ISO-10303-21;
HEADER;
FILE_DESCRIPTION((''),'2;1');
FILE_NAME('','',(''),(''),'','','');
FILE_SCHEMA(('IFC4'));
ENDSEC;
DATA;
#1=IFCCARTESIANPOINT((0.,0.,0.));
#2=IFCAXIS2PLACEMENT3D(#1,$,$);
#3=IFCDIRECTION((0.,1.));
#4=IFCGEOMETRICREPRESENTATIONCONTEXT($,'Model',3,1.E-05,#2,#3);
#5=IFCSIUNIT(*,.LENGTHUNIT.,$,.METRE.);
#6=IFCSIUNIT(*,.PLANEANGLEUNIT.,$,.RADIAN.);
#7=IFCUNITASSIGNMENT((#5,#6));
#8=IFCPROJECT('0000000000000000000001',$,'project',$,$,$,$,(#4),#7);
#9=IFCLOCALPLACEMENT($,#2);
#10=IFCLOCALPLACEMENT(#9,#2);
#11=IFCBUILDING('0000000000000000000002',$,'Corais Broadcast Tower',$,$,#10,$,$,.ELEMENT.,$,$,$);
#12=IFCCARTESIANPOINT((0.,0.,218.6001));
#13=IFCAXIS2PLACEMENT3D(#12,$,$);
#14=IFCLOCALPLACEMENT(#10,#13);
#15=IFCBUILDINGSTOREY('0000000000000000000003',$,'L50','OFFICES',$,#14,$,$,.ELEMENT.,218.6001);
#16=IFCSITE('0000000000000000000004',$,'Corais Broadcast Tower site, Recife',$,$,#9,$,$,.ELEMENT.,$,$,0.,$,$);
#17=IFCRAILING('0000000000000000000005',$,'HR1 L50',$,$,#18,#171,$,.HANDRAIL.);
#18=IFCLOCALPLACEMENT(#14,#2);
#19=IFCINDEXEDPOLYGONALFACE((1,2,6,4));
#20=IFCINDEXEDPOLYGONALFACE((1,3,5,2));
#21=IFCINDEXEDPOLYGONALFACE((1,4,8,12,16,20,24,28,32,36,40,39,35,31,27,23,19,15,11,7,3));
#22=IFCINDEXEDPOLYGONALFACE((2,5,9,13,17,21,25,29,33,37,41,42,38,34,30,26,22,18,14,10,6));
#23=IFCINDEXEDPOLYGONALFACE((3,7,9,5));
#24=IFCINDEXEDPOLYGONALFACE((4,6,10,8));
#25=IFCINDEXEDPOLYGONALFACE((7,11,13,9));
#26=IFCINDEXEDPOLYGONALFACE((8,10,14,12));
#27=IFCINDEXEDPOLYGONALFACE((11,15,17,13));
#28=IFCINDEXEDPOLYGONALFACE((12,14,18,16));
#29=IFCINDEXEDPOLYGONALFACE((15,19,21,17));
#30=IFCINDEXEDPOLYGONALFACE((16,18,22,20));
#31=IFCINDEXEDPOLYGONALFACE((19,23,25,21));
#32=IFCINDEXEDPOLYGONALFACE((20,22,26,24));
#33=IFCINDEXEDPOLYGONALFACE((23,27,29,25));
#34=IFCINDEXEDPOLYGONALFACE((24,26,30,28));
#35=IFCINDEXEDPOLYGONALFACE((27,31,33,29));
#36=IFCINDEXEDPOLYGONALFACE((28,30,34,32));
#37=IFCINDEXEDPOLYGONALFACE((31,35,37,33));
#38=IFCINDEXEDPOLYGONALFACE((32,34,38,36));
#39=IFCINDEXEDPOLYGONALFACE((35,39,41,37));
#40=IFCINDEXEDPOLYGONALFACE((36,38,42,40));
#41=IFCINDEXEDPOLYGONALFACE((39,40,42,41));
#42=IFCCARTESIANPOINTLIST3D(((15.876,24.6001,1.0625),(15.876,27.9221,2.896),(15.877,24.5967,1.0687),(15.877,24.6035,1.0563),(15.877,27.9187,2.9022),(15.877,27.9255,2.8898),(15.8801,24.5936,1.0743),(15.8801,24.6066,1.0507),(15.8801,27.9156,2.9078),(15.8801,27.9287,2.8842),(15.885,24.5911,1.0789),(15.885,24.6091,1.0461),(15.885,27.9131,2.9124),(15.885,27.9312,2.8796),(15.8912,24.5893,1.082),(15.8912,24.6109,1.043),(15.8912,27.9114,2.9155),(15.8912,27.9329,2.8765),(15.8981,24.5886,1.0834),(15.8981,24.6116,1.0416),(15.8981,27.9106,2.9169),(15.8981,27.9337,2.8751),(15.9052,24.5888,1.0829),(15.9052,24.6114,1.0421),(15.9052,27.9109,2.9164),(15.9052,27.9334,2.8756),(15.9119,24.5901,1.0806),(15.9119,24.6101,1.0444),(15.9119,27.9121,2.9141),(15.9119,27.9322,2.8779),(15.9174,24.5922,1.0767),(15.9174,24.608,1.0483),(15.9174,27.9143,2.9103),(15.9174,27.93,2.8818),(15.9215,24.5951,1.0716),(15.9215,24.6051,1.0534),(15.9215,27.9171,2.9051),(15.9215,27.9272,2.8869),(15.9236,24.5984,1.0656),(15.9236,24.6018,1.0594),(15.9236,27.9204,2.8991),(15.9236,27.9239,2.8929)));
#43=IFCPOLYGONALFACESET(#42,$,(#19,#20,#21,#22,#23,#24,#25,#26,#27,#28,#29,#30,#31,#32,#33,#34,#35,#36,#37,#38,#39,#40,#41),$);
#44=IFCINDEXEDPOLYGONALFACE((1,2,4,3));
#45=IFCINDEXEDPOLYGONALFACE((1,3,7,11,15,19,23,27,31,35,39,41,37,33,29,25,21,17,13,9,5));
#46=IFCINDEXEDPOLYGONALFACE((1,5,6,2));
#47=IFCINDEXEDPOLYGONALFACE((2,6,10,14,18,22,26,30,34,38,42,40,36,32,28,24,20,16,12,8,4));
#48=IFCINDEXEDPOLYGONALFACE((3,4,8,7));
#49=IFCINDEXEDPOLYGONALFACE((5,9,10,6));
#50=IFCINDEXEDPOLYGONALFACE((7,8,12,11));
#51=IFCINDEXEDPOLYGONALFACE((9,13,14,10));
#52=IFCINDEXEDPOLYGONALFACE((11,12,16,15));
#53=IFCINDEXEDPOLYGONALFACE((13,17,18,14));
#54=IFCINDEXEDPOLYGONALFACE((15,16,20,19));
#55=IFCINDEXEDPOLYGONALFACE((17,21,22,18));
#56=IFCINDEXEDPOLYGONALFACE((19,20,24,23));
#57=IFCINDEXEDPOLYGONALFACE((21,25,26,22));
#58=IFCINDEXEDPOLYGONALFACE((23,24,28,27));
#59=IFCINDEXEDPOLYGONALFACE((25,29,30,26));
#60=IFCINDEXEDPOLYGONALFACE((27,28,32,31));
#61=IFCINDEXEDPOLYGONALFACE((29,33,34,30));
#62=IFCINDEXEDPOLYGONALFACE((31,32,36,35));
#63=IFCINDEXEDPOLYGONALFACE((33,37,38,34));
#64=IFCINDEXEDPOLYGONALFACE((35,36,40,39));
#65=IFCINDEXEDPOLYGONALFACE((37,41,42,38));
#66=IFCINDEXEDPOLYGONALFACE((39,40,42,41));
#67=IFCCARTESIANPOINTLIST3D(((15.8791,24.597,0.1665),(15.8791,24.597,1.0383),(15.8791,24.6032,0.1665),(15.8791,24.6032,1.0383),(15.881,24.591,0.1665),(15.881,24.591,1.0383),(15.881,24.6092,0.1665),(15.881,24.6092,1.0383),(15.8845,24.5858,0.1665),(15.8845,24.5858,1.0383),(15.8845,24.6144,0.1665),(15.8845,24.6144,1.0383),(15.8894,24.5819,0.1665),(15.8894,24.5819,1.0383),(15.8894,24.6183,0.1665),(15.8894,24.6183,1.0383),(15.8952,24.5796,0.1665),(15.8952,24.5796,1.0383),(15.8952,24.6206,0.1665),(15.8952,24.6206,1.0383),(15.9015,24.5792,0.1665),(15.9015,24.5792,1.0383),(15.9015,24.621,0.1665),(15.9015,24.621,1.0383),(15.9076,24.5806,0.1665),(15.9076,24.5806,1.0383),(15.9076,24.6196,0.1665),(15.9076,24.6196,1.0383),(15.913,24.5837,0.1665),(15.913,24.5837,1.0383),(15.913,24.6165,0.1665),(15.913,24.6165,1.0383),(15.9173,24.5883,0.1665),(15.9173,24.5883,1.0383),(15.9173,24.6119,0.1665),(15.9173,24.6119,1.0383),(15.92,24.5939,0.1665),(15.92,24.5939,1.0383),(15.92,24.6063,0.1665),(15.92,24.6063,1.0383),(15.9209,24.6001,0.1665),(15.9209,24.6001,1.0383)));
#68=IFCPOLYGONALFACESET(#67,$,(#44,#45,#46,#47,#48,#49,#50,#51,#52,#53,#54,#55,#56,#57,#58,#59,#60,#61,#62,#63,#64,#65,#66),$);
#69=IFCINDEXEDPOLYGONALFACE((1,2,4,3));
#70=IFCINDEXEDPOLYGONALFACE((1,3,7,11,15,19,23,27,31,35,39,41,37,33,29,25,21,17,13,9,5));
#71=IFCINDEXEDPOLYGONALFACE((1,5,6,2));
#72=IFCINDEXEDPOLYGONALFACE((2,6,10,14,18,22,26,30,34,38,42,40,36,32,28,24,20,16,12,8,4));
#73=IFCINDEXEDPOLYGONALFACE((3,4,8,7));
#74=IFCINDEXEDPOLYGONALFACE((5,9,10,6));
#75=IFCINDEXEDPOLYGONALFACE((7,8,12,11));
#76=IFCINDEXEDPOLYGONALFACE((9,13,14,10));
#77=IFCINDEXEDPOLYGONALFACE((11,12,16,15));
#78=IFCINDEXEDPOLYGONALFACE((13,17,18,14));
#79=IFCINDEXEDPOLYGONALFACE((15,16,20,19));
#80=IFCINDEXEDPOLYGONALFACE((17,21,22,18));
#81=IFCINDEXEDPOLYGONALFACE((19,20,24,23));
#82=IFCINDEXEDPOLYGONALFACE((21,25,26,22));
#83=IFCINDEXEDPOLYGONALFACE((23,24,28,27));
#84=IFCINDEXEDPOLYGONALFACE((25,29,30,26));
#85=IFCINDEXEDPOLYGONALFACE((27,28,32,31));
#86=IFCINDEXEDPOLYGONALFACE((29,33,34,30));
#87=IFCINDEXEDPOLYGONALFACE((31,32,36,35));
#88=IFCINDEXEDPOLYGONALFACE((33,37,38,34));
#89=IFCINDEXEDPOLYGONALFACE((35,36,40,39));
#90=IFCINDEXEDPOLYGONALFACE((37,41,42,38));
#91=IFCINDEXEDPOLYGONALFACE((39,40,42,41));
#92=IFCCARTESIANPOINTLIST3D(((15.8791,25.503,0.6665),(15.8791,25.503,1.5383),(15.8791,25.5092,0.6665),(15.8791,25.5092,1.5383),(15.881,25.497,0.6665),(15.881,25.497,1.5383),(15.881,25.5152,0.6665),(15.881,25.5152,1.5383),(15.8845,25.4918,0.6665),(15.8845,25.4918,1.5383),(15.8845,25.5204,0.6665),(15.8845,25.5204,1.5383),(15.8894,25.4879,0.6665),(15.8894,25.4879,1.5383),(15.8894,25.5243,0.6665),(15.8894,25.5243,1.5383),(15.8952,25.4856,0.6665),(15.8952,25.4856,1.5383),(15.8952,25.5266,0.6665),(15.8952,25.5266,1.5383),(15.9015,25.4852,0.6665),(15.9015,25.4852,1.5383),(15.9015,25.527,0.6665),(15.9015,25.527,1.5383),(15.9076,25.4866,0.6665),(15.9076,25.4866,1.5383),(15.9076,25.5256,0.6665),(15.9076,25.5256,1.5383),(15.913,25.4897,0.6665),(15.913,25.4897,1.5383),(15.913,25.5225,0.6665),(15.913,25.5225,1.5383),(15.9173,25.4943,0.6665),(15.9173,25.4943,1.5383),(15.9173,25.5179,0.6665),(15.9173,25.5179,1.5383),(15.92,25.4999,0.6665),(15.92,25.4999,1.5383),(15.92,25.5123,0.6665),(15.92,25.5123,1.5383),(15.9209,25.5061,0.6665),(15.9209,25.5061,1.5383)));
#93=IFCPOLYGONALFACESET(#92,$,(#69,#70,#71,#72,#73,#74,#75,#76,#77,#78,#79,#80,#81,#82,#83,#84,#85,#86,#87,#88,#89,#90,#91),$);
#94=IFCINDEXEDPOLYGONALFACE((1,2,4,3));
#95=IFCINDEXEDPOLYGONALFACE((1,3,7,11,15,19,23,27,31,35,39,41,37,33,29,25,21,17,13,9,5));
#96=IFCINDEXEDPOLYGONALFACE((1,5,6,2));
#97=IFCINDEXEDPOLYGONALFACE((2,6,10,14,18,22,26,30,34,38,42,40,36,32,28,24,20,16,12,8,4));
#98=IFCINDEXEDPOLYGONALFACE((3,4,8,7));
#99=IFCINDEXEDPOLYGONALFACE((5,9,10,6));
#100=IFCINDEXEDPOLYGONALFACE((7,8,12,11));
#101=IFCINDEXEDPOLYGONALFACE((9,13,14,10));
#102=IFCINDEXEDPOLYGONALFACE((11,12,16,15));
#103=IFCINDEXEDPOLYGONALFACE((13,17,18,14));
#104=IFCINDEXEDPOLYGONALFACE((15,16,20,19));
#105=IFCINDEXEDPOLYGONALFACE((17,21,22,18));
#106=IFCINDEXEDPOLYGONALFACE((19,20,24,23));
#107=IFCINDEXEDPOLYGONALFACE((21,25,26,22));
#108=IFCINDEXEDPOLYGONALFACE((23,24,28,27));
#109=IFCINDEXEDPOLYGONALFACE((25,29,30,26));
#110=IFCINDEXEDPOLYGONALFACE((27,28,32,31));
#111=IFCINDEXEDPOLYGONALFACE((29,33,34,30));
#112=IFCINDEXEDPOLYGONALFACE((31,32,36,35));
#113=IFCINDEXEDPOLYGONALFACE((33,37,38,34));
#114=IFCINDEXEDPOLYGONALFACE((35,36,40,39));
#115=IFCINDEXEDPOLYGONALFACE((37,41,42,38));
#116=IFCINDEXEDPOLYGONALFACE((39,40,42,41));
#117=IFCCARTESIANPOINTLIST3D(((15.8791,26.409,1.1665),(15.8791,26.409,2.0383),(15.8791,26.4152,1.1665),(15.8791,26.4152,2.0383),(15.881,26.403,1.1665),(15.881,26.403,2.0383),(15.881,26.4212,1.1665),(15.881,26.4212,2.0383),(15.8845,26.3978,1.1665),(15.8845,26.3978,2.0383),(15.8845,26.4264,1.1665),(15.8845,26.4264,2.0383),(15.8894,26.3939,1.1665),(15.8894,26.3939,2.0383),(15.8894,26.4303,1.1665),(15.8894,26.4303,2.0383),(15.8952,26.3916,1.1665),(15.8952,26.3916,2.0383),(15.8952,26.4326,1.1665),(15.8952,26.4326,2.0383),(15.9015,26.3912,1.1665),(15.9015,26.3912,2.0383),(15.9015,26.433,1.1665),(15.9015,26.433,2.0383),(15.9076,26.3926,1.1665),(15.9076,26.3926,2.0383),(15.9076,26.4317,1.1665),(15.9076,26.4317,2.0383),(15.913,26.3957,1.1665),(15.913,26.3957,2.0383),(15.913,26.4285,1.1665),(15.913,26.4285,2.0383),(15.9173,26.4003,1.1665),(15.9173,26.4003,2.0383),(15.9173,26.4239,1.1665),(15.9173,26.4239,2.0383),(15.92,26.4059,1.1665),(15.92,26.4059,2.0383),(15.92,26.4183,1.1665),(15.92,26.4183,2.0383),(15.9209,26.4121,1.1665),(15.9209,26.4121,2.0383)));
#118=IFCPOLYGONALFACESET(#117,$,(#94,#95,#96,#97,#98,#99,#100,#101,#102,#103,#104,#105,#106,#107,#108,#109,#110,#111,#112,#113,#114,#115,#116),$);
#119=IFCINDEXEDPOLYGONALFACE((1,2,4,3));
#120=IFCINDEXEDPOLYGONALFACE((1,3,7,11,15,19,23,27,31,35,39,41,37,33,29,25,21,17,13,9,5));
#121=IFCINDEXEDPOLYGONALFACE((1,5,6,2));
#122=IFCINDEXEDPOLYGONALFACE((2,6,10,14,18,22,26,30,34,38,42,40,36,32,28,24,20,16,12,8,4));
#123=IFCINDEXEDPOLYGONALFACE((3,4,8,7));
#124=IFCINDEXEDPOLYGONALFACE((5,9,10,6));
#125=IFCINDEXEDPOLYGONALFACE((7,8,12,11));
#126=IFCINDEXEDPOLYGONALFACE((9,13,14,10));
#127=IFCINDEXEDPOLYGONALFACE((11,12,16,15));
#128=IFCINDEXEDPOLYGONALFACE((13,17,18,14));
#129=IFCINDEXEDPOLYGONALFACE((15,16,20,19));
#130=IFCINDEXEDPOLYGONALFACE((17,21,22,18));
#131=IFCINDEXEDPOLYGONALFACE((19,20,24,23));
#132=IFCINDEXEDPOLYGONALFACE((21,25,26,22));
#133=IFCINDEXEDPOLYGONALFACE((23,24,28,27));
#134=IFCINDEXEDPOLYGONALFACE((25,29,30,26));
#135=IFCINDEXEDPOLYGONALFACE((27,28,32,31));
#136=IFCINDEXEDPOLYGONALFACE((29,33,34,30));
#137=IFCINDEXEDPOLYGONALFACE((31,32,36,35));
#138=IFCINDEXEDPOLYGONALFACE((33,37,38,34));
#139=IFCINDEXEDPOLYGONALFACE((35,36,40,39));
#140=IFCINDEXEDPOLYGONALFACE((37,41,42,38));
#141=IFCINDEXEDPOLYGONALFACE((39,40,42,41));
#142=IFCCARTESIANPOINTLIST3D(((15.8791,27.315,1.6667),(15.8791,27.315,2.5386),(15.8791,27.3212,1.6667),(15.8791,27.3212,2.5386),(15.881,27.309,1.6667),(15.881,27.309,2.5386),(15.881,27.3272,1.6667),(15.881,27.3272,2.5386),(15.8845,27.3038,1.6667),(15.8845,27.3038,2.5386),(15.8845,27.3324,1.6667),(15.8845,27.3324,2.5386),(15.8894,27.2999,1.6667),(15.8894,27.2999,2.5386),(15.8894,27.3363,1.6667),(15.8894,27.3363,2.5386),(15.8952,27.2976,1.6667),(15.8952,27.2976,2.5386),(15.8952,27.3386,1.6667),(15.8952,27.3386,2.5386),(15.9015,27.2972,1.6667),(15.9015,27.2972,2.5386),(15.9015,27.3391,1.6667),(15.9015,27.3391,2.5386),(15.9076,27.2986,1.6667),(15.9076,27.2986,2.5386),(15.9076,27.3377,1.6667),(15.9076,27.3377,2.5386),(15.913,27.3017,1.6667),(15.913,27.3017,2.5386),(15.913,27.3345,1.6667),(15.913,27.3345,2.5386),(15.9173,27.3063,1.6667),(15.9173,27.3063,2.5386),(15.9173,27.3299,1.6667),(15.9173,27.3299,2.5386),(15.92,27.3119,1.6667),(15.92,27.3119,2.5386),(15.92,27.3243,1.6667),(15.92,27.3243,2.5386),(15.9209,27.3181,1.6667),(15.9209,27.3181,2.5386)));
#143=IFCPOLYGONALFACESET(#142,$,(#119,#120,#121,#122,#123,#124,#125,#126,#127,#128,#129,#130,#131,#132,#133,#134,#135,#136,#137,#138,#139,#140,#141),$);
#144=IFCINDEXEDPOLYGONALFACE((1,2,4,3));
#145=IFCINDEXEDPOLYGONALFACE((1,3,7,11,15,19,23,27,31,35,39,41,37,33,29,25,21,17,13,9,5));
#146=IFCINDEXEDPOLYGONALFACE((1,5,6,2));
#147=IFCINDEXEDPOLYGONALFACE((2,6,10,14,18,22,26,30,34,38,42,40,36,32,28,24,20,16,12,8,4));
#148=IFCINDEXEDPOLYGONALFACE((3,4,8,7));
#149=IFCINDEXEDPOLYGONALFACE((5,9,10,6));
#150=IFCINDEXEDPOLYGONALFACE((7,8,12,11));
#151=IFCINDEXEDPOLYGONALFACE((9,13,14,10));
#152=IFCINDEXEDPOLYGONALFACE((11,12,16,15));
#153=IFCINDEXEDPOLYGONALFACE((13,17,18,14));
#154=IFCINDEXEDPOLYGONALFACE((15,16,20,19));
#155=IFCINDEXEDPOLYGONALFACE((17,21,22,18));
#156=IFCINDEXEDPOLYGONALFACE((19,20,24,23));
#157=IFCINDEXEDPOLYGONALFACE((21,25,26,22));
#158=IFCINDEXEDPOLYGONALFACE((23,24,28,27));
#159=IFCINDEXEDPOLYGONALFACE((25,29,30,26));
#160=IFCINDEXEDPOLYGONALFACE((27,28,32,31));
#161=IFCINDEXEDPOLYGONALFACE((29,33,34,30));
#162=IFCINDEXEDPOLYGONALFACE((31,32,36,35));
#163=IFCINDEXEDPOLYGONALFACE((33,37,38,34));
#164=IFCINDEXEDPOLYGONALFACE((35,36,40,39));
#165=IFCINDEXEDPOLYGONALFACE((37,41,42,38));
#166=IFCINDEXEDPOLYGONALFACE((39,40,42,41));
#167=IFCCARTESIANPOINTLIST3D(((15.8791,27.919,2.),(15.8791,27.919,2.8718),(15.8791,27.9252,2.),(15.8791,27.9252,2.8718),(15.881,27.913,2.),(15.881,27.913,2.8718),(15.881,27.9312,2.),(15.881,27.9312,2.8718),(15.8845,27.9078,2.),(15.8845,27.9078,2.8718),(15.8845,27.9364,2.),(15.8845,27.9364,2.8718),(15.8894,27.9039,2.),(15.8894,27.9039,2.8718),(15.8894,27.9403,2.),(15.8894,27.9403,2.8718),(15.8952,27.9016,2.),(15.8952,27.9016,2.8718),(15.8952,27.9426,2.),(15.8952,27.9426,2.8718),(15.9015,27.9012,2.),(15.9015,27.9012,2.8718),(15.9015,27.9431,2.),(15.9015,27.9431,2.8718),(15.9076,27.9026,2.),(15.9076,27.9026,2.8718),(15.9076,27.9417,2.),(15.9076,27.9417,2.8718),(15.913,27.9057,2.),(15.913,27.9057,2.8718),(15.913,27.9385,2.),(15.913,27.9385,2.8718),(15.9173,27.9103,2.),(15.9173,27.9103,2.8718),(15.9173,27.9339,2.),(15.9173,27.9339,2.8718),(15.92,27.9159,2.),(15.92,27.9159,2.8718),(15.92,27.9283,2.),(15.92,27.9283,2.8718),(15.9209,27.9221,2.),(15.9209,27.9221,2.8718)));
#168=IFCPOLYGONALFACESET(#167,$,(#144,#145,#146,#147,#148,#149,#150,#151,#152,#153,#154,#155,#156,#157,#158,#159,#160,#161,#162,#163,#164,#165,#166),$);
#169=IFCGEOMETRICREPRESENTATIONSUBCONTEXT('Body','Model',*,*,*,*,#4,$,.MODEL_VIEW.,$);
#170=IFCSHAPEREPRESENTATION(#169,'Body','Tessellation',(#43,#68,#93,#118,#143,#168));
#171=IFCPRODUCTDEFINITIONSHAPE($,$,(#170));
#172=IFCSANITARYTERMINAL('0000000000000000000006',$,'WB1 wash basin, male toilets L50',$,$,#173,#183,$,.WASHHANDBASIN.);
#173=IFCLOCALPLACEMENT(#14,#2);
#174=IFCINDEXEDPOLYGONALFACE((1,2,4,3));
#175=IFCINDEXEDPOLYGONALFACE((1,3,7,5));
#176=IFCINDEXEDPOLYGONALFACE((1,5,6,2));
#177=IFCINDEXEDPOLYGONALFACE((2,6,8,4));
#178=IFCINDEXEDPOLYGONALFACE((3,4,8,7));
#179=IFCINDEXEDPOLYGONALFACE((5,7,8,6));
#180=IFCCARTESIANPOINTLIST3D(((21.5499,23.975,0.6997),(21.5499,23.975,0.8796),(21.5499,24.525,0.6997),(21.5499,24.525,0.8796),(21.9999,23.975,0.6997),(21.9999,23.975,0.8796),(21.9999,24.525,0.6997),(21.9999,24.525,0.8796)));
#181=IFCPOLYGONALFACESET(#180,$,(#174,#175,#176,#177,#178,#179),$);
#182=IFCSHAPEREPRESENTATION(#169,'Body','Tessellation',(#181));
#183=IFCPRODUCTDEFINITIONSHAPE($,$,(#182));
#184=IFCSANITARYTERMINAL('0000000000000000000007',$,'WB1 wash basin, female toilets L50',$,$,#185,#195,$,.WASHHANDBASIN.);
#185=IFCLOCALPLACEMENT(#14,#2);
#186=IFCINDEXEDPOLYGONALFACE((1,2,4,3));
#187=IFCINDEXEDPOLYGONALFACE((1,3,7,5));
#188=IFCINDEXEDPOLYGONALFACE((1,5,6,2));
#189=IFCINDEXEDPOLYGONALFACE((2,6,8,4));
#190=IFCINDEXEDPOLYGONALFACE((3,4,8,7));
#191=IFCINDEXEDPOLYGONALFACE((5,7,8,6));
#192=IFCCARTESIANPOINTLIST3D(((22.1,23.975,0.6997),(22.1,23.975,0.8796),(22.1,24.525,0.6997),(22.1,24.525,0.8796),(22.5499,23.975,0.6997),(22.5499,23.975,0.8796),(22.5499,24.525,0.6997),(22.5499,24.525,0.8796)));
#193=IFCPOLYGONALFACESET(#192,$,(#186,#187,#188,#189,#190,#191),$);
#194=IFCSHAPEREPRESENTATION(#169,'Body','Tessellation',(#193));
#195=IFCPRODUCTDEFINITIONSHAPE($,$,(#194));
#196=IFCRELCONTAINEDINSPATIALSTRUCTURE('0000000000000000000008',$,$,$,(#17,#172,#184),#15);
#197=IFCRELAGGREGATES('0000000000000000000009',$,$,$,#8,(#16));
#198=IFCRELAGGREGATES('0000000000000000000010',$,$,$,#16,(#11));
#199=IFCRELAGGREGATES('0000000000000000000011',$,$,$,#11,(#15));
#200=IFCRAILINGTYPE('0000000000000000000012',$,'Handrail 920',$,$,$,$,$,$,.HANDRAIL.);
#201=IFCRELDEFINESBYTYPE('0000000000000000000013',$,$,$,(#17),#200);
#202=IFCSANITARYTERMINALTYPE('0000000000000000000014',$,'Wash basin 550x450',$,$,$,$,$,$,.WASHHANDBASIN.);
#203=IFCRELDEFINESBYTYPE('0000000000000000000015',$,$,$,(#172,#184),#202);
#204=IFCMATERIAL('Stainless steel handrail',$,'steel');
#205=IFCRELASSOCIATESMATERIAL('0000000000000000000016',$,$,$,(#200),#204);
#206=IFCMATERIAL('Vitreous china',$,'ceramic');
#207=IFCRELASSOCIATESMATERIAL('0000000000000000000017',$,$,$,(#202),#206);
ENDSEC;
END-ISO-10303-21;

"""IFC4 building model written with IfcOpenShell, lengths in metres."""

from ifc_helpers import new_model, si_unit, direction, frame, origin, origin_2d, place, context, subcontext, project, spatial, rectangle, circle, extrude, material, type_object, element, save


model = new_model("IFC4")

# Units and contexts
model_context = context("Model", 3, precision=1e-05, world=origin(), true_north=direction((0.0, 1.0)))
body_context = subcontext(model_context, "Body", "Model", "MODEL_VIEW")
ifc_project = project(units=[si_unit("LENGTHUNIT", "METRE"), si_unit("PLANEANGLEUNIT", "RADIAN")], contexts=[model_context])

# Site, building, storey
site_placement = place(None, origin())
site = spatial("IfcSite", under=ifc_project, at=site_placement, Name="Corais Broadcast Tower site, Recife", CompositionType="ELEMENT", RefElevation=0.0)
building_placement = place(site_placement, origin())
building = spatial("IfcBuilding", under=site, at=building_placement, Name="Corais Broadcast Tower", CompositionType="ELEMENT")
storey_placement = place(building_placement, frame((0.0, 0.0, 218.6001)))
storey = spatial("IfcBuildingStorey", under=building, at=storey_placement, Name="L50", Description="OFFICES", CompositionType="ELEMENT", Elevation=218.6001)

# Railing
ifc_material_1 = material(Name="Stainless steel handrail", Category="steel")
railing_type = type_object("IfcRailingType", Name="Handrail 920", PredefinedType="HANDRAIL", material=ifc_material_1)
for number, where, name in (
    (1, (15.8999, 24.6001, 0.1665), "HR1 L50"),
):
    element("IfcRailing", number, at=place(storey_placement, frame(where)), inside=storey, type_object=railing_type, Name=name, PredefinedType="HANDRAIL", context=body_context, shape_type="SweptSolid", body=[
        extrude(circle(Radius=0.0239, at=origin_2d()), frame((0.0, 0.0, 0.896), z_axis=(0.0, 0.875504, 0.48321), x_axis=(-1.0, 0.0, 0.0)), (0.0, 0.0, 1.0), 3.7944),
        extrude(circle(Radius=0.021, at=origin_2d()), origin(), (0.0, 0.0, 1.0), 0.8718),
        extrude(circle(Radius=0.021, at=origin_2d()), frame((0.0, 0.906, 0.5)), (0.0, 0.0, 1.0), 0.8718),
        extrude(circle(Radius=0.021, at=origin_2d()), frame((0.0, 1.812, 1.0)), (0.0, 0.0, 1.0), 0.8718),
        extrude(circle(Radius=0.021, at=origin_2d()), frame((0.0, 2.718, 1.5002)), (0.0, 0.0, 1.0), 0.8718),
        extrude(circle(Radius=0.021, at=origin_2d()), frame((0.0, 3.322, 1.8335)), (0.0, 0.0, 1.0), 0.8718),
    ])

# Sanitary terminals
ifc_material_2 = material(Name="Vitreous china", Category="ceramic")
sanitary_terminal_type = type_object("IfcSanitaryTerminalType", Name="Wash basin 550x450", PredefinedType="WASHHANDBASIN", material=ifc_material_2)
for number, where, z_axis, x_axis, name in (
    (2, (21.7749, 24.25, 0.6997), (0.0, 0.0, 1.0), (1.0, 0.0, 0.0), "WB1 wash basin, male toilets L50"),
    (3, (22.325, 24.25, 0.6997), (0.0, 0.0, 1.0), (1.0, 0.0, 0.0), "WB1 wash basin, female toilets L50"),
):
    element("IfcSanitaryTerminal", number, at=place(storey_placement, frame(where, z_axis=z_axis, x_axis=x_axis)), inside=storey, type_object=sanitary_terminal_type, Name=name, PredefinedType="WASHHANDBASIN", context=body_context, shape_type="SweptSolid", body=[
        extrude(rectangle(XDim=0.45, YDim=0.55, at=origin_2d()), origin(), (0.0, 0.0, 1.0), 0.1799),
    ])

save(model, "model.ifc")
